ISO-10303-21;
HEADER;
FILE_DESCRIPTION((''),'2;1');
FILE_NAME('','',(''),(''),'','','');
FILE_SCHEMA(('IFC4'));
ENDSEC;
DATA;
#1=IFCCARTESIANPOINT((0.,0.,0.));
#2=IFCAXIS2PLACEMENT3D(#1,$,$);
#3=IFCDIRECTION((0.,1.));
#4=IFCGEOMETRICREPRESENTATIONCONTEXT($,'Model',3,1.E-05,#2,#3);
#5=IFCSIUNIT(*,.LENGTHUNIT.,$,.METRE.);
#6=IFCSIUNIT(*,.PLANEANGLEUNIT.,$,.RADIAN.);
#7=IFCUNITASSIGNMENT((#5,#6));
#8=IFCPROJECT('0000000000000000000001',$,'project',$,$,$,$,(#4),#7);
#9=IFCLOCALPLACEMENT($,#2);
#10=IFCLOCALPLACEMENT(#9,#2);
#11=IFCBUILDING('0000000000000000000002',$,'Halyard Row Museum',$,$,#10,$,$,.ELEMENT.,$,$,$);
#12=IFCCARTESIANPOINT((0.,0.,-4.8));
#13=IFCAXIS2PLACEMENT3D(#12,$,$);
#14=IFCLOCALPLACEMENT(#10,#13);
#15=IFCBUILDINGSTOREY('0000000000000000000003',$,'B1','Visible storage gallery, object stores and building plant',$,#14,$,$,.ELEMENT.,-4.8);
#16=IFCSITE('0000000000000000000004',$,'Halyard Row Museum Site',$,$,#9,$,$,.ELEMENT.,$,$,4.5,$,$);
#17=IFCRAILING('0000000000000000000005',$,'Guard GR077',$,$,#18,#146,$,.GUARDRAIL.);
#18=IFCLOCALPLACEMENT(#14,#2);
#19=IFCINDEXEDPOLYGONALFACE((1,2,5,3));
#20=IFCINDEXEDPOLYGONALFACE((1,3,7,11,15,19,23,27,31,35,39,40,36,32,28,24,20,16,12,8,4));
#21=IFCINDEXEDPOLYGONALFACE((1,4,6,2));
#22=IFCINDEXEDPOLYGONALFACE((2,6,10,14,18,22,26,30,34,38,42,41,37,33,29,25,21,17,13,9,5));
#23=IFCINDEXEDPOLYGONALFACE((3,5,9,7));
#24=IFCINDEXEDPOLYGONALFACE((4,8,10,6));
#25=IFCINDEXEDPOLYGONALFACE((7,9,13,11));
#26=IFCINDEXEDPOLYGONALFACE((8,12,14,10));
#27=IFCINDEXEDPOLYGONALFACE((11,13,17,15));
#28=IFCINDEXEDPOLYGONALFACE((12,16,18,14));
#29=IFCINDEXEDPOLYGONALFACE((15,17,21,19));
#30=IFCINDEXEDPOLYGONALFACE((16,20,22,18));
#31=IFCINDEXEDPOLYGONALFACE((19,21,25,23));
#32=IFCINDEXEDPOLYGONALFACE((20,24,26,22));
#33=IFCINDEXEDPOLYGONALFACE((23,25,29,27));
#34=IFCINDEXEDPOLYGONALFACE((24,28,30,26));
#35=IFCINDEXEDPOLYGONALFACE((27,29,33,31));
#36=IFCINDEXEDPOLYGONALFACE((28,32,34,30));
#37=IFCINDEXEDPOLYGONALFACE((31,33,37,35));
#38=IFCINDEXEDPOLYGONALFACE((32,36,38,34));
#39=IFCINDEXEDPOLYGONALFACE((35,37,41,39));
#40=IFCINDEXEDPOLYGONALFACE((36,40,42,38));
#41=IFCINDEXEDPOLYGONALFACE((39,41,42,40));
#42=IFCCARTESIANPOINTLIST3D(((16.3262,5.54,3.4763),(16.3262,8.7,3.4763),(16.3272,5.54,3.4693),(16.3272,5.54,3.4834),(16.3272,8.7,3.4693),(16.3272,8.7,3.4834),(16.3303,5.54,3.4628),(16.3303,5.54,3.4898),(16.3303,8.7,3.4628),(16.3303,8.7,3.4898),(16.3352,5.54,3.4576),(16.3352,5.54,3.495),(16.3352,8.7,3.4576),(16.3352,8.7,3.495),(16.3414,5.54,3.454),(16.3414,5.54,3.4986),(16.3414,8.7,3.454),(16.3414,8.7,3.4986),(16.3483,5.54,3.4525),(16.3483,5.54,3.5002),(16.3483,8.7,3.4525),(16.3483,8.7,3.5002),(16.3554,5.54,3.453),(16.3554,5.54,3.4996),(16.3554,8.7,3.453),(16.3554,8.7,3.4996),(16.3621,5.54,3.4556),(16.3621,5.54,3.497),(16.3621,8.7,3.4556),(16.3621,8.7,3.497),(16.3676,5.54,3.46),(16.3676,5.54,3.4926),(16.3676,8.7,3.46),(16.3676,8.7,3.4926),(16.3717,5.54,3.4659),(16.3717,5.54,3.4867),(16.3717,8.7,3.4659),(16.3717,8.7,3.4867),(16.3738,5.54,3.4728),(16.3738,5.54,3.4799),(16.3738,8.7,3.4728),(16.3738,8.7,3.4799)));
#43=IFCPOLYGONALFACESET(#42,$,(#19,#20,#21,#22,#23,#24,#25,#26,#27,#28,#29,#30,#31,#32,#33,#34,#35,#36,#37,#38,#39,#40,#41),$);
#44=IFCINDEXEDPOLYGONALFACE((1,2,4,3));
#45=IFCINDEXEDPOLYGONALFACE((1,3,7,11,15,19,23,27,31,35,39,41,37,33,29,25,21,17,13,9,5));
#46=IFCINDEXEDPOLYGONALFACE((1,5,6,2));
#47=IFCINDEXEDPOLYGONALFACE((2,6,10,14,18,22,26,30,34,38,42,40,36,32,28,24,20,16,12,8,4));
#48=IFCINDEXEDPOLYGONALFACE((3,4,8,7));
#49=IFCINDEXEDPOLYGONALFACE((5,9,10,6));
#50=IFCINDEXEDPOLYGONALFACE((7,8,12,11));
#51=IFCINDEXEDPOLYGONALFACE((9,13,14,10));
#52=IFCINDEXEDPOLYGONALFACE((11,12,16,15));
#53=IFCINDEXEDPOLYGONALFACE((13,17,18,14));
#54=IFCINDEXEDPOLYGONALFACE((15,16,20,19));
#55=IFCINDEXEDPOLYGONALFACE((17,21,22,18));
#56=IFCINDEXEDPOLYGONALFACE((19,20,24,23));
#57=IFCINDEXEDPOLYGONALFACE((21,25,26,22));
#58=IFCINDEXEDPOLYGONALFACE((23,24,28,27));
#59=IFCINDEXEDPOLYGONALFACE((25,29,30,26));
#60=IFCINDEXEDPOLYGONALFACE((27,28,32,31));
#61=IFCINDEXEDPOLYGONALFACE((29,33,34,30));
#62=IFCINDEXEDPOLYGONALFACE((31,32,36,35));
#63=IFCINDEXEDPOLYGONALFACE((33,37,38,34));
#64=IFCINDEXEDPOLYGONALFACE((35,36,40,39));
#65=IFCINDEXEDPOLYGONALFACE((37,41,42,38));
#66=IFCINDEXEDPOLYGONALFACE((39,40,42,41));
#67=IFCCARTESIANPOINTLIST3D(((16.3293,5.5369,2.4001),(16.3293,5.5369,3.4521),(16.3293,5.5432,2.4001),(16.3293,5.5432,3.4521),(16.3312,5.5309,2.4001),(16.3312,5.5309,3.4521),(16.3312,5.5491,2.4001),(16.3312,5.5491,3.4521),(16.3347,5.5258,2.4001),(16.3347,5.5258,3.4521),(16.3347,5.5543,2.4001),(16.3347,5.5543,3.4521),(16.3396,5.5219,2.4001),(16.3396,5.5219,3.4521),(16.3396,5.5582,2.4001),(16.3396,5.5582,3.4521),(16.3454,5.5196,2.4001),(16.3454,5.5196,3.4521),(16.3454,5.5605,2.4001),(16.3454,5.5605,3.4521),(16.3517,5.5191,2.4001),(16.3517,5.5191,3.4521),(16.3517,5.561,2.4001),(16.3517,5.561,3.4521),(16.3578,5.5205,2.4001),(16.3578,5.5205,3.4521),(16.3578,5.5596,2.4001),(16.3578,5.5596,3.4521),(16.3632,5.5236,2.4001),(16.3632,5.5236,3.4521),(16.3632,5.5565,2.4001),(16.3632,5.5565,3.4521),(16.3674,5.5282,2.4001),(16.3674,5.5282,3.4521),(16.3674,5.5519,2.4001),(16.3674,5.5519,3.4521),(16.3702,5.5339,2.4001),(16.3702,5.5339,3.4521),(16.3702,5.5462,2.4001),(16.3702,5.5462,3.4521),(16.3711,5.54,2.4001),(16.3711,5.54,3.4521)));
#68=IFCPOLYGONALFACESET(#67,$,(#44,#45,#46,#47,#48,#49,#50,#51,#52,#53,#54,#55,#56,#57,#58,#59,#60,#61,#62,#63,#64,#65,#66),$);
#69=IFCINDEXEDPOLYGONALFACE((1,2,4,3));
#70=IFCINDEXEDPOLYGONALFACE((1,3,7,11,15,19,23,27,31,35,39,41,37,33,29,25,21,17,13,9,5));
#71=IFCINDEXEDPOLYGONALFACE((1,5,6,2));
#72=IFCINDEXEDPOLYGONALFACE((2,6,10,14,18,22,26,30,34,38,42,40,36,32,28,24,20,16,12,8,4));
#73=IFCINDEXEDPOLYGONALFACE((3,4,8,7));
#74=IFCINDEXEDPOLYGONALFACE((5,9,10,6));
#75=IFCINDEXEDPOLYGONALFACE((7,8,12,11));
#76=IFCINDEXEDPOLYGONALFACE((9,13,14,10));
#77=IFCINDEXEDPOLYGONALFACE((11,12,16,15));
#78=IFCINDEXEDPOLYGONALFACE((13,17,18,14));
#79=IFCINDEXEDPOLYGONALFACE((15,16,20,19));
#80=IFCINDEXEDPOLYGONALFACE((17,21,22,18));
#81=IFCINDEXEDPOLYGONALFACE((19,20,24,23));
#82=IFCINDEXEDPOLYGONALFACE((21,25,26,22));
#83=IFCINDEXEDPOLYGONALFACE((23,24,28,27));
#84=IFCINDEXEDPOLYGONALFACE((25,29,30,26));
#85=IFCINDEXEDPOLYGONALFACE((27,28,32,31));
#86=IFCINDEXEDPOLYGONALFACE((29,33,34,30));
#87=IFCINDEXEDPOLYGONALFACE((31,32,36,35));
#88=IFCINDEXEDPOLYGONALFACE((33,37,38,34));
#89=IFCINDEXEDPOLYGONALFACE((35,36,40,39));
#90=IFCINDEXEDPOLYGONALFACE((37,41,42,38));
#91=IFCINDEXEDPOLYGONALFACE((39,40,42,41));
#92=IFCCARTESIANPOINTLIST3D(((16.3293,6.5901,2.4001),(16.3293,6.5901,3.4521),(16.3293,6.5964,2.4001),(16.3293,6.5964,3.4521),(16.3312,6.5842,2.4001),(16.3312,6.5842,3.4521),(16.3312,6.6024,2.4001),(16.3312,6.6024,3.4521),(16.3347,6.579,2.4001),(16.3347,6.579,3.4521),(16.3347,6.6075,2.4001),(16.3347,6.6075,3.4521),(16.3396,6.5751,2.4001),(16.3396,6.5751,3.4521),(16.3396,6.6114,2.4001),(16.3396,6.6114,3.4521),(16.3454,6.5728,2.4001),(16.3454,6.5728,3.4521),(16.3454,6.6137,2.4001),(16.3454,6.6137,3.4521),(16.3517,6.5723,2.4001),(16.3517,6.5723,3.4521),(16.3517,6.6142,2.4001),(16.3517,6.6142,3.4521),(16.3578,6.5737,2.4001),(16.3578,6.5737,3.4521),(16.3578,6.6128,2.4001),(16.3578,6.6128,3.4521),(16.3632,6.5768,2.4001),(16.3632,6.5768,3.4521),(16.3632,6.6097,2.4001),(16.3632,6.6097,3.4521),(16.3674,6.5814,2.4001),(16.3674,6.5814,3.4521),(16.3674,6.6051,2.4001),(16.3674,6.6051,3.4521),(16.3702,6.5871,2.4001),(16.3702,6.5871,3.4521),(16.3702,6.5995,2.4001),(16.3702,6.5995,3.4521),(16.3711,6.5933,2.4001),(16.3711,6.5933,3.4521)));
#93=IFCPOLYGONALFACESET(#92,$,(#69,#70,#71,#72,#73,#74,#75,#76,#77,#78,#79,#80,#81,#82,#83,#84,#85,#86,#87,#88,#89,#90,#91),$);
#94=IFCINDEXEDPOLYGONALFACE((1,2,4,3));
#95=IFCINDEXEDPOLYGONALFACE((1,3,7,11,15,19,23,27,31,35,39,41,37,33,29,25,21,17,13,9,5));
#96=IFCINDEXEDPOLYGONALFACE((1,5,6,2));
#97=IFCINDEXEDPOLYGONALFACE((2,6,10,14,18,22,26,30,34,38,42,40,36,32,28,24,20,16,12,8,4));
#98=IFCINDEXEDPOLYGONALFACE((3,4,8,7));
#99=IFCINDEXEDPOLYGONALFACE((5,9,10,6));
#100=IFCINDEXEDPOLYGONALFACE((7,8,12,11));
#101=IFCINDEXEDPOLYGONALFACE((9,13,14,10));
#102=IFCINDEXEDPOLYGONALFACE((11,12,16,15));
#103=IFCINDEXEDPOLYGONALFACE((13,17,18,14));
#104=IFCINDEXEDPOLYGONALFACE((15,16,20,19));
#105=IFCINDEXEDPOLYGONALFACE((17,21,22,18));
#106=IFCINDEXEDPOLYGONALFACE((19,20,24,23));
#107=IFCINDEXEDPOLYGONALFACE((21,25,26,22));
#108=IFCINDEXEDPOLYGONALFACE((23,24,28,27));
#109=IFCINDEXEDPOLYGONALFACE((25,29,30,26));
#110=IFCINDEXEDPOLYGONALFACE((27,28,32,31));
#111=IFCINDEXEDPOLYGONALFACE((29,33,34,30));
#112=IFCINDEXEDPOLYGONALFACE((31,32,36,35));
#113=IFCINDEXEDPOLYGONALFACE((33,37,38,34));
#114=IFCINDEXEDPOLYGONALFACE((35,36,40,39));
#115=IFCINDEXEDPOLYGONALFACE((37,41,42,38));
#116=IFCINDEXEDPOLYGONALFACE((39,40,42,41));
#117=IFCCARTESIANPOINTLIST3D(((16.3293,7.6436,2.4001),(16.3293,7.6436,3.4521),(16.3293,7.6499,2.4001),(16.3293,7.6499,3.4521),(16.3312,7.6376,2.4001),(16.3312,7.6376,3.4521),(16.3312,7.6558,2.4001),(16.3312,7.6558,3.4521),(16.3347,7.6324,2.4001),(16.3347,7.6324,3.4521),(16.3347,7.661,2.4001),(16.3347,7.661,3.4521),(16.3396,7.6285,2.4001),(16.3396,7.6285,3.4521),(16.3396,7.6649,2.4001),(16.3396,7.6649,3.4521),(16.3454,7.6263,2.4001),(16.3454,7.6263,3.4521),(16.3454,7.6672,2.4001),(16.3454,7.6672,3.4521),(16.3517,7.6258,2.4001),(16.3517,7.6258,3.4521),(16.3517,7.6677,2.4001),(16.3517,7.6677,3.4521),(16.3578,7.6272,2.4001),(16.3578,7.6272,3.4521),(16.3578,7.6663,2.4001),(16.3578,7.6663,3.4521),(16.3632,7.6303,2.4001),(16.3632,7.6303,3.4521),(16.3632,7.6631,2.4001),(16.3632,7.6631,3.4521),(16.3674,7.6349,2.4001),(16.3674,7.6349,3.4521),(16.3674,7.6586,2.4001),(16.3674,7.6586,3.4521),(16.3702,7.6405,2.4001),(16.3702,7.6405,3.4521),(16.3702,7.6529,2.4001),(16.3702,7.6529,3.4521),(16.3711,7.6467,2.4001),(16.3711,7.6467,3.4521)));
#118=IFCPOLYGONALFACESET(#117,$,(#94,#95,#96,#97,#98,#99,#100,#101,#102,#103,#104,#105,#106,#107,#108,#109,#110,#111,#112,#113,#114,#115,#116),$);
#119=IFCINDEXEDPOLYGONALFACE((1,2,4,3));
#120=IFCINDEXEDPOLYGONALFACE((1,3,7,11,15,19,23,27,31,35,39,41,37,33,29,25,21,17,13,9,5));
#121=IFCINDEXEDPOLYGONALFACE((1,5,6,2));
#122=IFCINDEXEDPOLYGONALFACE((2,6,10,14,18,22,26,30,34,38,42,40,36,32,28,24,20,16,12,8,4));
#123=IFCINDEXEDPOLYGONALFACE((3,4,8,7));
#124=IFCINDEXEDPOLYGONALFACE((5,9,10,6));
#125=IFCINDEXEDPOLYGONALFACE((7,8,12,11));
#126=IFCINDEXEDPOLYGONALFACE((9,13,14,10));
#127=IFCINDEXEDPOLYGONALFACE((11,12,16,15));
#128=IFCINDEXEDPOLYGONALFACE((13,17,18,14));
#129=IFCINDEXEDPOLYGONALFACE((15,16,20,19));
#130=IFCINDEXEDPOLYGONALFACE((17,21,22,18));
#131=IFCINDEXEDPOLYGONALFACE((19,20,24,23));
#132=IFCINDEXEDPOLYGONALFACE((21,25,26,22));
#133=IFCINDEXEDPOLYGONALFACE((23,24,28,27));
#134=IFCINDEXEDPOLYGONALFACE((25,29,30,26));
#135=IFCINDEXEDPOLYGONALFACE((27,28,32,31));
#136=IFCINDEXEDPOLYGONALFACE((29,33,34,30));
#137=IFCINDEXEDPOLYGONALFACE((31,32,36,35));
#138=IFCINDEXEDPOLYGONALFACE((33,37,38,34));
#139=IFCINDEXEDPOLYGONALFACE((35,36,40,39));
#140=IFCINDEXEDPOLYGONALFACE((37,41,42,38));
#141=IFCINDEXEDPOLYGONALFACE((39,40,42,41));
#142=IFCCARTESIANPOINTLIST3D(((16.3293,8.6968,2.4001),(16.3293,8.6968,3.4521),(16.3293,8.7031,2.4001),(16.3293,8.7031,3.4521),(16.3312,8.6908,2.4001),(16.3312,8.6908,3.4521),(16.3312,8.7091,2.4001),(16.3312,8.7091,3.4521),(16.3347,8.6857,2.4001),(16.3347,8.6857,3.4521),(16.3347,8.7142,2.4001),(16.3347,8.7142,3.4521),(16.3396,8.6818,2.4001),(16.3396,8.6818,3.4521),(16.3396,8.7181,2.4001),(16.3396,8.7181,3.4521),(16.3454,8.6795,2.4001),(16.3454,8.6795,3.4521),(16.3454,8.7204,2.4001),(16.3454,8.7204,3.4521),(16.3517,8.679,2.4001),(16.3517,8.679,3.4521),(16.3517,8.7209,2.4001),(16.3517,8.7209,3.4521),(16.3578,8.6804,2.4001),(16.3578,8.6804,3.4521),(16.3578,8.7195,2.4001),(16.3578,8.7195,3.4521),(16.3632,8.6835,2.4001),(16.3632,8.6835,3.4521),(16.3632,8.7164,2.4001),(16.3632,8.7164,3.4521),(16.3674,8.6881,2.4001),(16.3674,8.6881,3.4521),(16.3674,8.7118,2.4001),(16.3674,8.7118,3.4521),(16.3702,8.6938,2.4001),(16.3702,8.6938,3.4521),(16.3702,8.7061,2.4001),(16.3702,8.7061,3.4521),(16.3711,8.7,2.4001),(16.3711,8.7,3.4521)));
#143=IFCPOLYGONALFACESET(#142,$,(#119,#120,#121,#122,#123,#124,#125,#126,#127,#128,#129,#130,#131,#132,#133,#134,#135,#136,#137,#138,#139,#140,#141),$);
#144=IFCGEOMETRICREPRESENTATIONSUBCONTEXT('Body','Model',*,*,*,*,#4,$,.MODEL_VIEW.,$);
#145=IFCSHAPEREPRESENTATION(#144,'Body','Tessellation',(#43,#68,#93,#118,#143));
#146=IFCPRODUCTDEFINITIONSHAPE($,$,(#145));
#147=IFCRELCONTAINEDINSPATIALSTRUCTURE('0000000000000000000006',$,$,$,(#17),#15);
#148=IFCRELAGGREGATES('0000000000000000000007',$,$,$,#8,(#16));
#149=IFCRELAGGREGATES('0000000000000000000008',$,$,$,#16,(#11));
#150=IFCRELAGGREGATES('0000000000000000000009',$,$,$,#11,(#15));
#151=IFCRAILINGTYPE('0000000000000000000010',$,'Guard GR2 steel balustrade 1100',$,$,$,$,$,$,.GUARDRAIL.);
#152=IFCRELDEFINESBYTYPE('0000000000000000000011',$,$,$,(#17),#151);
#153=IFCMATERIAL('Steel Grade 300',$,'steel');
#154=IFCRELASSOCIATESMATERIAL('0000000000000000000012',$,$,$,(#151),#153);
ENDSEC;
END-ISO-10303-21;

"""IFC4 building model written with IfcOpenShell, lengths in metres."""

from ifc_helpers import new_model, si_unit, direction, frame, origin, origin_2d, place, context, subcontext, project, spatial, circle, extrude, material, type_object, element, save


model = new_model("IFC4")

# Units and contexts
model_context = context("Model", 3, precision=1e-05, world=origin(), true_north=direction((0.0, 1.0)))
body_context = subcontext(model_context, "Body", "Model", "MODEL_VIEW")
ifc_project = project(units=[si_unit("LENGTHUNIT", "METRE"), si_unit("PLANEANGLEUNIT", "RADIAN")], contexts=[model_context])

# Site, building, storey
site_placement = place(None, origin())
site = spatial("IfcSite", under=ifc_project, at=site_placement, Name="Halyard Row Museum Site", CompositionType="ELEMENT", RefElevation=4.5)
building_placement = place(site_placement, origin())
building = spatial("IfcBuilding", under=site, at=building_placement, Name="Halyard Row Museum", CompositionType="ELEMENT")
storey_placement = place(building_placement, frame((0.0, 0.0, -4.8)))
storey = spatial("IfcBuildingStorey", under=building, at=storey_placement, Name="B1", Description="Visible storage gallery, object stores and building plant", CompositionType="ELEMENT", Elevation=-4.8)

# Railing
ifc_material_1 = material(Name="Steel Grade 300", Category="steel")
railing_type = type_object("IfcRailingType", Name="Guard GR2 steel balustrade 1100", PredefinedType="GUARDRAIL", material=ifc_material_1)
railing_1_placement = place(storey_placement, frame((16.3501, 5.54, 2.4001)))
element("IfcRailing", 1, at=railing_1_placement, inside=storey, type_object=railing_type, Name="Guard GR077", PredefinedType="GUARDRAIL", context=body_context, shape_type="SweptSolid", body=[
    extrude(circle(Radius=0.0239, at=origin_2d()), frame((0.0, 0.0, 1.0762), z_axis=(0.0, 1.0, 0.0), x_axis=(-1.0, 0.0, 0.0)), (0.0, 0.0, 1.0), 3.1599),
    extrude(circle(Radius=0.021, at=origin_2d()), origin(), (0.0, 0.0, 1.0), 1.052),
    extrude(circle(Radius=0.021, at=origin_2d()), frame((0.0, 1.0532, 0.0)), (0.0, 0.0, 1.0), 1.052),
    extrude(circle(Radius=0.021, at=origin_2d()), frame((0.0, 2.1067, 0.0)), (0.0, 0.0, 1.0), 1.052),
    extrude(circle(Radius=0.021, at=origin_2d()), frame((0.0, 3.1599, 0.0)), (0.0, 0.0, 1.0), 1.052),
])

save(model, "model.ifc")
